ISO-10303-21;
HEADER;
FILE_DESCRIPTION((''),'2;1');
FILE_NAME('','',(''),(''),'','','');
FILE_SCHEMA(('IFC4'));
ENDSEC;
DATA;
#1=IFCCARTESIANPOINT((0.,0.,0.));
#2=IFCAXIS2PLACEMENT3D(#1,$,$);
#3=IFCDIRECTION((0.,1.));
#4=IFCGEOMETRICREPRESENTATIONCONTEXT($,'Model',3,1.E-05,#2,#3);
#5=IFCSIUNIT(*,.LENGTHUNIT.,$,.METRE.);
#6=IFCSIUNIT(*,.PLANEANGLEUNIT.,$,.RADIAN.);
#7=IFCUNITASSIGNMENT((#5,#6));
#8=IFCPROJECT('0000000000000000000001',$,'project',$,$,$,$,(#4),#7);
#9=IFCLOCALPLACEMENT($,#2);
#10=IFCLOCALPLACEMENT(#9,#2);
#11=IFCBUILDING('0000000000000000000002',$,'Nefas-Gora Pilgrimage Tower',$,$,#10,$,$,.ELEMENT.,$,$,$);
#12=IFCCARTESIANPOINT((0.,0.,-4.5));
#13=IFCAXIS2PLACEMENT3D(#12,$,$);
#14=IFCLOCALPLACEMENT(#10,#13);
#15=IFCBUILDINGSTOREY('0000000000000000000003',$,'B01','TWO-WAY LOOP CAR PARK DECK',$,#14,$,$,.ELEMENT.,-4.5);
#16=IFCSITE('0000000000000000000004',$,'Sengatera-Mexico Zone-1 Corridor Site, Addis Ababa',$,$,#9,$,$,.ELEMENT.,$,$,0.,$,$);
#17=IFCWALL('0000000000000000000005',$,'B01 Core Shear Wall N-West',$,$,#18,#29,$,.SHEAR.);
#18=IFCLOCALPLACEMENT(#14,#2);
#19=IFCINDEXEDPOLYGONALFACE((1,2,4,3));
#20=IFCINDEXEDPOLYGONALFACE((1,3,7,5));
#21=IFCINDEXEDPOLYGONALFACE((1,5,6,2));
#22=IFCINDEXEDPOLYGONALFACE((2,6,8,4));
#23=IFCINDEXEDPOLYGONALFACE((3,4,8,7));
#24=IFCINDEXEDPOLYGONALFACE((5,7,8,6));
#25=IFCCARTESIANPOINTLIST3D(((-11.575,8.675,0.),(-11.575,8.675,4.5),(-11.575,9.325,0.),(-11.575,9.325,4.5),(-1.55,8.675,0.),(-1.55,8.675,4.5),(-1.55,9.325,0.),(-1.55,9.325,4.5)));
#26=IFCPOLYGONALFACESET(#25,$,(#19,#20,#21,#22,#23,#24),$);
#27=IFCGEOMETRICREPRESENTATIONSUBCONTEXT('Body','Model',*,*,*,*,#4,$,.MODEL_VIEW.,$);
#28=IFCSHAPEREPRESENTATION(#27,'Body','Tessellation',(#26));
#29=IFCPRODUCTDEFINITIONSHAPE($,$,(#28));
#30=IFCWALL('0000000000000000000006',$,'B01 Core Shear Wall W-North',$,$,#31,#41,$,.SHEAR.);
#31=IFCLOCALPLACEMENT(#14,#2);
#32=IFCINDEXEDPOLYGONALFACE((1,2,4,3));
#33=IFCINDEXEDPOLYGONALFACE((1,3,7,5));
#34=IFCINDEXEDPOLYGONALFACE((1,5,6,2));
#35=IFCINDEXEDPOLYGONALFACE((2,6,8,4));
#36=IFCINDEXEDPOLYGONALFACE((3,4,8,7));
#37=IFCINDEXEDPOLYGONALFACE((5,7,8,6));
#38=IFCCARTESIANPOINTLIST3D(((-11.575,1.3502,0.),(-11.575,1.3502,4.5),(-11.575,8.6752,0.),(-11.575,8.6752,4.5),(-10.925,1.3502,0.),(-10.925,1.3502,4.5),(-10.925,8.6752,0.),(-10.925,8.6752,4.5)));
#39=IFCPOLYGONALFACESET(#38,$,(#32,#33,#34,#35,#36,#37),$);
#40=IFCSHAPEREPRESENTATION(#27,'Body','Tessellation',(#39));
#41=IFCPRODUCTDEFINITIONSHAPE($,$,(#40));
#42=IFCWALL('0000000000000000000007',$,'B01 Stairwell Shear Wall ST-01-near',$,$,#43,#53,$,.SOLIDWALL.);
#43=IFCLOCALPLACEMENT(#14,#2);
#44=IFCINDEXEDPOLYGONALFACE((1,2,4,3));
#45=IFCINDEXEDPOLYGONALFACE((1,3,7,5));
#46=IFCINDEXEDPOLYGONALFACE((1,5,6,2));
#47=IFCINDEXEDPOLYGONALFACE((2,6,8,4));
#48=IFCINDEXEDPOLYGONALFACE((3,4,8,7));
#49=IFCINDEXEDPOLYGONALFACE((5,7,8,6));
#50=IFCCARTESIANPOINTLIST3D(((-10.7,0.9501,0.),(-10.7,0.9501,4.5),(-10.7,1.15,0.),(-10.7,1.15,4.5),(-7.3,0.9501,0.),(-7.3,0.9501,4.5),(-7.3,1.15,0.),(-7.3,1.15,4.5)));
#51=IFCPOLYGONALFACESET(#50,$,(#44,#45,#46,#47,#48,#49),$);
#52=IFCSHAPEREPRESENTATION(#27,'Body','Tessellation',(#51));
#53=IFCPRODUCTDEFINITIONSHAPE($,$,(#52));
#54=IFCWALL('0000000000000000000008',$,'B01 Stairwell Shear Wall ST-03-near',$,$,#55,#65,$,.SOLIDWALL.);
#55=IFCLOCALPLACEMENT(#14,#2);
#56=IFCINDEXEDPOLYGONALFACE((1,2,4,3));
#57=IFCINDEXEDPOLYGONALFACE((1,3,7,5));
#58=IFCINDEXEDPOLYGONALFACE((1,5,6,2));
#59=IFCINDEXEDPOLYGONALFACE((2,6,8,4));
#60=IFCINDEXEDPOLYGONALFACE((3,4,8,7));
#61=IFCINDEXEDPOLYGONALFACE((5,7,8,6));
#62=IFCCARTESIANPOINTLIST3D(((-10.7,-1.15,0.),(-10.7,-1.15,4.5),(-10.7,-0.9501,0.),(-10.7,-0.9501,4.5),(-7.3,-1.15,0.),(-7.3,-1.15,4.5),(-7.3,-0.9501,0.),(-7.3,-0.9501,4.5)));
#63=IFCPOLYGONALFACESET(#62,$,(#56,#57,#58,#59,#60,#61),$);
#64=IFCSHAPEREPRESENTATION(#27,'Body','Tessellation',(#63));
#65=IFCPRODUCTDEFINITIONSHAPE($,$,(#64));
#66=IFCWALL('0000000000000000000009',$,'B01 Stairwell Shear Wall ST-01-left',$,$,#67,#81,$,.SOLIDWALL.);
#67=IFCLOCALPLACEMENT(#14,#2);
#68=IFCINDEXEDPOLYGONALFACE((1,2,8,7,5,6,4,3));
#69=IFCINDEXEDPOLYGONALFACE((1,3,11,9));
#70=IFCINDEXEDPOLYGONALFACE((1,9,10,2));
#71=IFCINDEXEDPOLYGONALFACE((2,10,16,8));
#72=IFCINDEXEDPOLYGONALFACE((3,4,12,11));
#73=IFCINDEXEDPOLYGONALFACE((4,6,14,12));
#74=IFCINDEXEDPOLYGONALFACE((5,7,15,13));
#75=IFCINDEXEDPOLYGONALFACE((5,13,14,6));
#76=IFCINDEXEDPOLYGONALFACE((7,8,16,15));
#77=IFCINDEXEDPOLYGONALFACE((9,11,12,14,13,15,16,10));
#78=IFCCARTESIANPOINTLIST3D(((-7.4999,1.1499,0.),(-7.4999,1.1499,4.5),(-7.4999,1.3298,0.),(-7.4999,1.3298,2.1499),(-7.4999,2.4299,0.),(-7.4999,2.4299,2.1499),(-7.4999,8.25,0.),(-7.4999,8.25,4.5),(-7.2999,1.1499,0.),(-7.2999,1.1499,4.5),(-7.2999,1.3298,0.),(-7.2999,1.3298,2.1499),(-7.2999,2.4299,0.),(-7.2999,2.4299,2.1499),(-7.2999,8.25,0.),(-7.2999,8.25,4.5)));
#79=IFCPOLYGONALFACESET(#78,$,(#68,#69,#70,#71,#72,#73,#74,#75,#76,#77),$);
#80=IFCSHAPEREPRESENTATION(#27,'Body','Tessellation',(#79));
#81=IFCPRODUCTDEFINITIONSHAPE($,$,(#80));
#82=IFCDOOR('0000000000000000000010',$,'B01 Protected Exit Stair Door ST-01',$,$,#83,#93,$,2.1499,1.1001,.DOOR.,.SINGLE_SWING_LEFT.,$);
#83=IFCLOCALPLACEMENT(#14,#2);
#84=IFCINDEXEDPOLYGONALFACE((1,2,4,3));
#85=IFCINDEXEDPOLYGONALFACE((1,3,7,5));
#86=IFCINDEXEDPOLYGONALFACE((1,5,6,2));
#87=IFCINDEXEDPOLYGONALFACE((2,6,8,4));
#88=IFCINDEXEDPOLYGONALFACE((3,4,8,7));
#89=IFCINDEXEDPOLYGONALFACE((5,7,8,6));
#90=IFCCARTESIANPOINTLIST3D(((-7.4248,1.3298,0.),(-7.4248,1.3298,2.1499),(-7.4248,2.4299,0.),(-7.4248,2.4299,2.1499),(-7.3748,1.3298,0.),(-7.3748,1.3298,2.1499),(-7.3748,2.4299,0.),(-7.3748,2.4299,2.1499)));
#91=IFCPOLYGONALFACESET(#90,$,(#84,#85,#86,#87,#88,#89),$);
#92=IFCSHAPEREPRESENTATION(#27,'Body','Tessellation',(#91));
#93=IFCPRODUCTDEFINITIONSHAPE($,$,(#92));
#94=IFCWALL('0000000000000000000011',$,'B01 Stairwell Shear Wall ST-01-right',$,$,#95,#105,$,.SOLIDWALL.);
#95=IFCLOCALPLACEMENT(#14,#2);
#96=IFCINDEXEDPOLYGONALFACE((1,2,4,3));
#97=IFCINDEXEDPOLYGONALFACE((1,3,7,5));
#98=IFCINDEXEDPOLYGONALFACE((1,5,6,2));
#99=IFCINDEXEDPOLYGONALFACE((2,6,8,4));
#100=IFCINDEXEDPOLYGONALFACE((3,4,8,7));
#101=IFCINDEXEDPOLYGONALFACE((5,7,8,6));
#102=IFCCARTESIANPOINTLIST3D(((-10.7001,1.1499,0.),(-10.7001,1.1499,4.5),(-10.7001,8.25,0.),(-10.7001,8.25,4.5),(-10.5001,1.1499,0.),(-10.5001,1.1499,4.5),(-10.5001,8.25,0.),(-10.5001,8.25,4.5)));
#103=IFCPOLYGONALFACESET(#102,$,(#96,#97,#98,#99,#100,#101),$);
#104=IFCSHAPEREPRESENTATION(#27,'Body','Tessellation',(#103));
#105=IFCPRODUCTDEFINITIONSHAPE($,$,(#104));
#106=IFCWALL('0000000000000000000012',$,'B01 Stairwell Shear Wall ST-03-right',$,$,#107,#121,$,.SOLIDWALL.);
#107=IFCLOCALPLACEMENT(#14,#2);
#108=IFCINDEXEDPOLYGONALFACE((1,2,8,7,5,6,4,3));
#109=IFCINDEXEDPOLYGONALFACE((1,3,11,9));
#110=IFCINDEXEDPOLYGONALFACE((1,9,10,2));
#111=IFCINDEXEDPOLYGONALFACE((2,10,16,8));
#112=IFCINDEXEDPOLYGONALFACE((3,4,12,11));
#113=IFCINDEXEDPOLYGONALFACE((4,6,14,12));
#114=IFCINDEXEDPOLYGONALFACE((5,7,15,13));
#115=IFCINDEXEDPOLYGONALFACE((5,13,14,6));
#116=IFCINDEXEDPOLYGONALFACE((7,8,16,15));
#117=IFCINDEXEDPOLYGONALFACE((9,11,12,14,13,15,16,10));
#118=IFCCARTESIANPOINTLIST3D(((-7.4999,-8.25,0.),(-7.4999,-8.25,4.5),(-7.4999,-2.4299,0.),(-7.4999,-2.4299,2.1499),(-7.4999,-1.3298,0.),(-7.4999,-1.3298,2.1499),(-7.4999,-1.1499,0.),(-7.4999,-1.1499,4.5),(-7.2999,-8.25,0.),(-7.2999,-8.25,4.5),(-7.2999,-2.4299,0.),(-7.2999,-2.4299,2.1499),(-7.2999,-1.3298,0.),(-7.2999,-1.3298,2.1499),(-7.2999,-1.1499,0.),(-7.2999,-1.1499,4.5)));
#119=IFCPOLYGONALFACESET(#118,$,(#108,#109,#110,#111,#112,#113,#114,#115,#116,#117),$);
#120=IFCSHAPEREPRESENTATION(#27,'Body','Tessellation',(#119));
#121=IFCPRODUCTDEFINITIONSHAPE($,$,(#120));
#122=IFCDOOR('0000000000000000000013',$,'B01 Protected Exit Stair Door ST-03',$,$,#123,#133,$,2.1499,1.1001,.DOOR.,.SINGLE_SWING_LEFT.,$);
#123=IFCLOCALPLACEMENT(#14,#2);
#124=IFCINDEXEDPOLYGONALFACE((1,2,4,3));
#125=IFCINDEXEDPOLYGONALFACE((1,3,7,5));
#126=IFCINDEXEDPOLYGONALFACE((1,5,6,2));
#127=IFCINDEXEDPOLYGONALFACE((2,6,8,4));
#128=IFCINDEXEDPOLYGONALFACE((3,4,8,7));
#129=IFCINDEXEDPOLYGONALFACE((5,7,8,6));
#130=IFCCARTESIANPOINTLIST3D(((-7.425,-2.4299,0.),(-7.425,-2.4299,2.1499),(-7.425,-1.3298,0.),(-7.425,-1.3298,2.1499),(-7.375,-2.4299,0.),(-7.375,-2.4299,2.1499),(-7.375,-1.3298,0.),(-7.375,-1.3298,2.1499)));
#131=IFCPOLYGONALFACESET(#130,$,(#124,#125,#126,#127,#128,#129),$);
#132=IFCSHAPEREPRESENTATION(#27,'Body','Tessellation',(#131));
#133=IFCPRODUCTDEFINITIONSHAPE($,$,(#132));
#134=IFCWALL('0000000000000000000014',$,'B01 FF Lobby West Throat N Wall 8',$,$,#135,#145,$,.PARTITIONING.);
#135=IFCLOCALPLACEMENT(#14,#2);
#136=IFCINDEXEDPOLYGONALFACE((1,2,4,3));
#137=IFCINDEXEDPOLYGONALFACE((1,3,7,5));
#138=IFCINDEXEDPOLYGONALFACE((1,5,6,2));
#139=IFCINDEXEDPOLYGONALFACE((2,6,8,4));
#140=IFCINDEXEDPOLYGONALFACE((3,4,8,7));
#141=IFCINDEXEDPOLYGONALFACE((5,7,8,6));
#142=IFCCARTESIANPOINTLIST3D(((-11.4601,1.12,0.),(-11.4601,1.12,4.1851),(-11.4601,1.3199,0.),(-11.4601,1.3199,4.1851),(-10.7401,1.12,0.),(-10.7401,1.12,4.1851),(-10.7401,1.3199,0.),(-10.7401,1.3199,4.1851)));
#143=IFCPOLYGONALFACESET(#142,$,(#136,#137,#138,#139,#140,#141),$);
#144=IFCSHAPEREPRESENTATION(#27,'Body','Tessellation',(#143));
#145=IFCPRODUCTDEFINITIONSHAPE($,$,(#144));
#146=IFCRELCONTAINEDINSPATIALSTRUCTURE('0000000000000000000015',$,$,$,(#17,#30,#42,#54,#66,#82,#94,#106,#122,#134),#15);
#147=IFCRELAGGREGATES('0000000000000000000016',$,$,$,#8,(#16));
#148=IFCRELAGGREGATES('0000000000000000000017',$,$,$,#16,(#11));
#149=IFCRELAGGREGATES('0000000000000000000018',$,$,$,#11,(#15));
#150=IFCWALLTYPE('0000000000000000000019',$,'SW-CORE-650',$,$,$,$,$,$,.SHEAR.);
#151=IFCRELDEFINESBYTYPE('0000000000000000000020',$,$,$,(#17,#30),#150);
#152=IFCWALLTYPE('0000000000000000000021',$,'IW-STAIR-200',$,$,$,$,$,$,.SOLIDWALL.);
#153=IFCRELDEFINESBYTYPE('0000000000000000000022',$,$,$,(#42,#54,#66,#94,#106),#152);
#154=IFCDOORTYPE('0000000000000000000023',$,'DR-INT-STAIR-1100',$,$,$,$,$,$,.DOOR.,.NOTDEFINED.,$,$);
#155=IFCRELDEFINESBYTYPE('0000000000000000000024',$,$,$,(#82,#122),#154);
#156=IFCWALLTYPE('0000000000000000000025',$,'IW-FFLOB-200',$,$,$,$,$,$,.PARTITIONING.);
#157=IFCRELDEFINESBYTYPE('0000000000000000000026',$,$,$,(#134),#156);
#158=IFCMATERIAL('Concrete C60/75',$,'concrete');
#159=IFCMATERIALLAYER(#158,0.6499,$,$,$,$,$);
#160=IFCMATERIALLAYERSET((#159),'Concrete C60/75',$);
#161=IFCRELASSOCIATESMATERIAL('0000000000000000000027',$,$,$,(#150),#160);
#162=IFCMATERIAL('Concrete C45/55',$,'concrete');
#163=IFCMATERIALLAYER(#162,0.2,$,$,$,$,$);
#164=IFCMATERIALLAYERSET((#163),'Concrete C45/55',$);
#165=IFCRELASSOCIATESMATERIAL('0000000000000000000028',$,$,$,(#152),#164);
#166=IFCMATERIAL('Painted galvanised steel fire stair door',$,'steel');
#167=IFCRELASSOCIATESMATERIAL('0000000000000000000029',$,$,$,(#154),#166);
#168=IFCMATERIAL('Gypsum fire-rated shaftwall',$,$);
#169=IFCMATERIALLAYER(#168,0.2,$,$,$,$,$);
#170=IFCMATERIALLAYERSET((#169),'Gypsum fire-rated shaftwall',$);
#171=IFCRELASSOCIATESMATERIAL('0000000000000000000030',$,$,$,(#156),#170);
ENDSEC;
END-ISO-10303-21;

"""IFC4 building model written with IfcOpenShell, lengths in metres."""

from ifc_helpers import new_model, si_unit, direction, frame, frame_2d, origin, place, context, subcontext, project, spatial, rectangle, extrude, source, transform, mapped, material, layer, layer_set, type_object, element, fill, save


model = new_model("IFC4")

# Units and contexts
model_context = context("Model", 3, precision=1e-05, world=origin(), true_north=direction((0.0, 1.0)))
body_context = subcontext(model_context, "Body", "Model", "MODEL_VIEW")
ifc_project = project(units=[si_unit("LENGTHUNIT", "METRE"), si_unit("PLANEANGLEUNIT", "RADIAN")], contexts=[model_context])

# Site, building, storey
site_placement = place(None, origin())
site = spatial("IfcSite", under=ifc_project, at=site_placement, Name="Sengatera-Mexico Zone-1 Corridor Site, Addis Ababa", CompositionType="ELEMENT", RefElevation=0.0)
building_placement = place(site_placement, origin())
building = spatial("IfcBuilding", under=site, at=building_placement, Name="Nefas-Gora Pilgrimage Tower", CompositionType="ELEMENT")
storey_placement = place(building_placement, frame((0.0, 0.0, -4.5)))
storey = spatial("IfcBuildingStorey", under=building, at=storey_placement, Name="B01", Description="TWO-WAY LOOP CAR PARK DECK", CompositionType="ELEMENT", Elevation=-4.5)

# Shared definitions
ifc_material_1 = material(Name="Concrete C60/75", Category="concrete")

# Walls
ifc_layer_1 = layer(ifc_material_1, 0.6499)
ifc_layer_set_1 = layer_set([ifc_layer_1], Name="Concrete C60/75")
wall_type_1 = type_object("IfcWallType", Name="SW-CORE-650", PredefinedType="SHEAR", material=ifc_layer_set_1)
shared_shape_1 = source(origin(), body_context, "Body", "SweptSolid", [
    extrude(rectangle(XDim=10.0249, YDim=0.6499, at=frame_2d((5.0125, 0.0))), origin(), (0.0, 0.0, 1.0), 4.5),
])
wall_1_placement = place(storey_placement, frame((-11.575, 9.0, 0.0), z_axis=(0.0, 0.0, 1.0), x_axis=(1.0, 0.0, 0.0)))
element("IfcWall", 1, at=wall_1_placement, inside=storey, type_object=wall_type_1, Name="B01 Core Shear Wall N-West", PredefinedType="SHEAR", context=body_context, shape_type="MappedRepresentation", body=[
    mapped(shared_shape_1, transform((0.0, 0.0, 0.0), x_axis=(1.0, 0.0, 0.0), y_axis=(0.0, 1.0, 0.0), z_axis=(0.0, 0.0, 1.0), scale=1.0)),
])
shared_shape_2 = source(origin(), body_context, "Body", "SweptSolid", [
    extrude(rectangle(XDim=7.325, YDim=0.6499, at=frame_2d((3.6626, 0.0))), origin(), (0.0, 0.0, 1.0), 4.5),
])
wall_2_placement = place(storey_placement, frame((-11.25, 1.3501, 0.0), z_axis=(0.0, 0.0, 1.0), x_axis=(0.0, 1.0, 0.0)))
element("IfcWall", 2, at=wall_2_placement, inside=storey, type_object=wall_type_1, Name="B01 Core Shear Wall W-North", PredefinedType="SHEAR", context=body_context, shape_type="MappedRepresentation", body=[
    mapped(shared_shape_2, transform((0.0, 0.0, 0.0), x_axis=(1.0, 0.0, 0.0), y_axis=(0.0, 1.0, 0.0), z_axis=(0.0, 0.0, 1.0), scale=1.0)),
])
ifc_material_2 = material(Name="Concrete C45/55", Category="concrete")
ifc_layer_2 = layer(ifc_material_2, 0.2)
ifc_layer_set_2 = layer_set([ifc_layer_2], Name="Concrete C45/55")
wall_type_2 = type_object("IfcWallType", Name="IW-STAIR-200", PredefinedType="SOLIDWALL", material=ifc_layer_set_2)
shared_shape_3 = source(origin(), body_context, "Body", "SweptSolid", [
    extrude(rectangle(XDim=3.3999, YDim=0.2, at=frame_2d((1.7, 0.0))), origin(), (0.0, 0.0, 1.0), 4.5),
])
for number, where, z_axis, x_axis, name in (
    (3, (-7.3, 1.05, 0.0), (0.0, 0.0, 1.0), (-1.0, 0.0, 0.0), "B01 Stairwell Shear Wall ST-01-near"),
    (4, (-10.7, -1.05, 0.0), (0.0, 0.0, 1.0), (1.0, 0.0, 0.0), "B01 Stairwell Shear Wall ST-03-near"),
):
    element("IfcWall", number, at=place(storey_placement, frame(where, z_axis=z_axis, x_axis=x_axis)), inside=storey, type_object=wall_type_2, Name=name, PredefinedType="SOLIDWALL", context=body_context, shape_type="MappedRepresentation", body=[
        mapped(shared_shape_3, transform((0.0, 0.0, 0.0), x_axis=(1.0, 0.0, 0.0), y_axis=(0.0, 1.0, 0.0), z_axis=(0.0, 0.0, 1.0), scale=1.0)),
    ])

# Wall, opening, door
shared_shape_4 = source(origin(), body_context, "Body", "SweptSolid", [
    extrude(rectangle(XDim=7.1001, YDim=0.2, at=frame_2d((3.55, 0.0))), origin(), (0.0, 0.0, 1.0), 4.5),
])
wall_3_placement = place(storey_placement, frame((-7.3999, 1.1499, 0.0), z_axis=(0.0, 0.0, 1.0), x_axis=(0.0, 1.0, 0.0)))
wall_3 = element("IfcWall", 5, at=wall_3_placement, inside=storey, type_object=wall_type_2, Name="B01 Stairwell Shear Wall ST-01-left", PredefinedType="SOLIDWALL", context=body_context, shape_type="MappedRepresentation", body=[
    mapped(shared_shape_4, transform((0.0, 0.0, 0.0), x_axis=(1.0, 0.0, 0.0), y_axis=(0.0, 1.0, 0.0), z_axis=(0.0, 0.0, 1.0), scale=1.0)),
])
opening_1_placement = place(wall_3_placement, frame((0.1799, 0.0, 0.0)))
opening_1 = element("IfcOpeningElement", 6, at=opening_1_placement, cuts=wall_3, PredefinedType="OPENING", context=body_context, shape_type="SweptSolid", body=[
    extrude(rectangle(XDim=1.1001, YDim=2.1499, at=frame_2d((0.55, 1.075))), frame((0.0, 0.1099, 0.0), z_axis=(0.0, -1.0, 0.0), x_axis=(1.0, 0.0, 0.0)), (0.0, 0.0, 1.0), 0.22),
])
ifc_material_3 = material(Name="Painted galvanised steel fire stair door", Category="steel")
door_type = type_object("IfcDoorType", Name="DR-INT-STAIR-1100", OperationType="NOTDEFINED", PredefinedType="DOOR", material=ifc_material_3)
shared_shape_5 = source(origin(), body_context, "Body", "SweptSolid", [
    extrude(rectangle(XDim=1.1001, YDim=2.1499, at=frame_2d((0.55, 1.075))), frame((0.0, 0.0249, 0.0), z_axis=(0.0, -1.0, 0.0), x_axis=(1.0, 0.0, 0.0)), (0.0, 0.0, 1.0), 0.05),
])
door_1_placement = place(opening_1_placement, origin())
door_1 = element("IfcDoor", 7, at=door_1_placement, inside=storey, type_object=door_type, Name="B01 Protected Exit Stair Door ST-01", OperationType="SINGLE_SWING_LEFT", OverallHeight=2.1499, OverallWidth=1.1001, PredefinedType="DOOR", context=body_context, shape_type="MappedRepresentation", body=[
    mapped(shared_shape_5, transform((0.0, 0.0, 0.0), x_axis=(1.0, 0.0, 0.0), y_axis=(0.0, 1.0, 0.0), z_axis=(0.0, 0.0, 1.0), scale=1.0)),
])
fill(opening_1, door_1)

# Wall
wall_4_placement = place(storey_placement, frame((-10.6001, 1.1499, 0.0), z_axis=(0.0, 0.0, 1.0), x_axis=(0.0, 1.0, 0.0)))
element("IfcWall", 8, at=wall_4_placement, inside=storey, type_object=wall_type_2, Name="B01 Stairwell Shear Wall ST-01-right", PredefinedType="SOLIDWALL", context=body_context, shape_type="MappedRepresentation", body=[
    mapped(shared_shape_4, transform((0.0, 0.0, 0.0), x_axis=(1.0, 0.0, 0.0), y_axis=(0.0, 1.0, 0.0), z_axis=(0.0, 0.0, 1.0), scale=1.0)),
])

# Wall, opening, door
wall_5_placement = place(storey_placement, frame((-7.3999, -1.1499, 0.0), z_axis=(0.0, 0.0, 1.0), x_axis=(0.0, -1.0, 0.0)))
wall_5 = element("IfcWall", 9, at=wall_5_placement, inside=storey, type_object=wall_type_2, Name="B01 Stairwell Shear Wall ST-03-right", PredefinedType="SOLIDWALL", context=body_context, shape_type="MappedRepresentation", body=[
    mapped(shared_shape_4, transform((0.0, 0.0, 0.0), x_axis=(1.0, 0.0, 0.0), y_axis=(0.0, 1.0, 0.0), z_axis=(0.0, 0.0, 1.0), scale=1.0)),
])
opening_2_placement = place(wall_5_placement, frame((0.1799, 0.0, 0.0)))
opening_2 = element("IfcOpeningElement", 10, at=opening_2_placement, cuts=wall_5, PredefinedType="OPENING", context=body_context, shape_type="SweptSolid", body=[
    extrude(rectangle(XDim=1.1001, YDim=2.1499, at=frame_2d((0.55, 1.075))), frame((0.0, 0.1099, 0.0), z_axis=(0.0, -1.0, 0.0), x_axis=(1.0, 0.0, 0.0)), (0.0, 0.0, 1.0), 0.22),
])
door_2_placement = place(opening_2_placement, origin())
door_2 = element("IfcDoor", 11, at=door_2_placement, inside=storey, type_object=door_type, Name="B01 Protected Exit Stair Door ST-03", OperationType="SINGLE_SWING_LEFT", OverallHeight=2.1499, OverallWidth=1.1001, PredefinedType="DOOR", context=body_context, shape_type="MappedRepresentation", body=[
    mapped(shared_shape_5, transform((0.0, 0.0, 0.0), x_axis=(1.0, 0.0, 0.0), y_axis=(0.0, 1.0, 0.0), z_axis=(0.0, 0.0, 1.0), scale=1.0)),
])
fill(opening_2, door_2)

# Wall
ifc_material_4 = material(Name="Gypsum fire-rated shaftwall")
ifc_layer_3 = layer(ifc_material_4, 0.2)
ifc_layer_set_3 = layer_set([ifc_layer_3], Name="Gypsum fire-rated shaftwall")
wall_type_3 = type_object("IfcWallType", Name="IW-FFLOB-200", PredefinedType="PARTITIONING", material=ifc_layer_set_3)
shared_shape_6 = source(origin(), body_context, "Body", "SweptSolid", [
    extrude(rectangle(XDim=0.72, YDim=0.2, at=frame_2d((0.3599, 0.0))), origin(), (0.0, 0.0, 1.0), 4.1851),
])
wall_6_placement = place(storey_placement, frame((-11.46, 1.22, 0.0), z_axis=(0.0, 0.0, 1.0), x_axis=(1.0, 0.0, 0.0)))
element("IfcWall", 12, at=wall_6_placement, inside=storey, type_object=wall_type_3, Name="B01 FF Lobby West Throat N Wall 8", PredefinedType="PARTITIONING", context=body_context, shape_type="MappedRepresentation", body=[
    mapped(shared_shape_6, transform((0.0, 0.0, 0.0), x_axis=(1.0, 0.0, 0.0), y_axis=(0.0, 1.0, 0.0), z_axis=(0.0, 0.0, 1.0), scale=1.0)),
])

save(model, "model.ifc")
